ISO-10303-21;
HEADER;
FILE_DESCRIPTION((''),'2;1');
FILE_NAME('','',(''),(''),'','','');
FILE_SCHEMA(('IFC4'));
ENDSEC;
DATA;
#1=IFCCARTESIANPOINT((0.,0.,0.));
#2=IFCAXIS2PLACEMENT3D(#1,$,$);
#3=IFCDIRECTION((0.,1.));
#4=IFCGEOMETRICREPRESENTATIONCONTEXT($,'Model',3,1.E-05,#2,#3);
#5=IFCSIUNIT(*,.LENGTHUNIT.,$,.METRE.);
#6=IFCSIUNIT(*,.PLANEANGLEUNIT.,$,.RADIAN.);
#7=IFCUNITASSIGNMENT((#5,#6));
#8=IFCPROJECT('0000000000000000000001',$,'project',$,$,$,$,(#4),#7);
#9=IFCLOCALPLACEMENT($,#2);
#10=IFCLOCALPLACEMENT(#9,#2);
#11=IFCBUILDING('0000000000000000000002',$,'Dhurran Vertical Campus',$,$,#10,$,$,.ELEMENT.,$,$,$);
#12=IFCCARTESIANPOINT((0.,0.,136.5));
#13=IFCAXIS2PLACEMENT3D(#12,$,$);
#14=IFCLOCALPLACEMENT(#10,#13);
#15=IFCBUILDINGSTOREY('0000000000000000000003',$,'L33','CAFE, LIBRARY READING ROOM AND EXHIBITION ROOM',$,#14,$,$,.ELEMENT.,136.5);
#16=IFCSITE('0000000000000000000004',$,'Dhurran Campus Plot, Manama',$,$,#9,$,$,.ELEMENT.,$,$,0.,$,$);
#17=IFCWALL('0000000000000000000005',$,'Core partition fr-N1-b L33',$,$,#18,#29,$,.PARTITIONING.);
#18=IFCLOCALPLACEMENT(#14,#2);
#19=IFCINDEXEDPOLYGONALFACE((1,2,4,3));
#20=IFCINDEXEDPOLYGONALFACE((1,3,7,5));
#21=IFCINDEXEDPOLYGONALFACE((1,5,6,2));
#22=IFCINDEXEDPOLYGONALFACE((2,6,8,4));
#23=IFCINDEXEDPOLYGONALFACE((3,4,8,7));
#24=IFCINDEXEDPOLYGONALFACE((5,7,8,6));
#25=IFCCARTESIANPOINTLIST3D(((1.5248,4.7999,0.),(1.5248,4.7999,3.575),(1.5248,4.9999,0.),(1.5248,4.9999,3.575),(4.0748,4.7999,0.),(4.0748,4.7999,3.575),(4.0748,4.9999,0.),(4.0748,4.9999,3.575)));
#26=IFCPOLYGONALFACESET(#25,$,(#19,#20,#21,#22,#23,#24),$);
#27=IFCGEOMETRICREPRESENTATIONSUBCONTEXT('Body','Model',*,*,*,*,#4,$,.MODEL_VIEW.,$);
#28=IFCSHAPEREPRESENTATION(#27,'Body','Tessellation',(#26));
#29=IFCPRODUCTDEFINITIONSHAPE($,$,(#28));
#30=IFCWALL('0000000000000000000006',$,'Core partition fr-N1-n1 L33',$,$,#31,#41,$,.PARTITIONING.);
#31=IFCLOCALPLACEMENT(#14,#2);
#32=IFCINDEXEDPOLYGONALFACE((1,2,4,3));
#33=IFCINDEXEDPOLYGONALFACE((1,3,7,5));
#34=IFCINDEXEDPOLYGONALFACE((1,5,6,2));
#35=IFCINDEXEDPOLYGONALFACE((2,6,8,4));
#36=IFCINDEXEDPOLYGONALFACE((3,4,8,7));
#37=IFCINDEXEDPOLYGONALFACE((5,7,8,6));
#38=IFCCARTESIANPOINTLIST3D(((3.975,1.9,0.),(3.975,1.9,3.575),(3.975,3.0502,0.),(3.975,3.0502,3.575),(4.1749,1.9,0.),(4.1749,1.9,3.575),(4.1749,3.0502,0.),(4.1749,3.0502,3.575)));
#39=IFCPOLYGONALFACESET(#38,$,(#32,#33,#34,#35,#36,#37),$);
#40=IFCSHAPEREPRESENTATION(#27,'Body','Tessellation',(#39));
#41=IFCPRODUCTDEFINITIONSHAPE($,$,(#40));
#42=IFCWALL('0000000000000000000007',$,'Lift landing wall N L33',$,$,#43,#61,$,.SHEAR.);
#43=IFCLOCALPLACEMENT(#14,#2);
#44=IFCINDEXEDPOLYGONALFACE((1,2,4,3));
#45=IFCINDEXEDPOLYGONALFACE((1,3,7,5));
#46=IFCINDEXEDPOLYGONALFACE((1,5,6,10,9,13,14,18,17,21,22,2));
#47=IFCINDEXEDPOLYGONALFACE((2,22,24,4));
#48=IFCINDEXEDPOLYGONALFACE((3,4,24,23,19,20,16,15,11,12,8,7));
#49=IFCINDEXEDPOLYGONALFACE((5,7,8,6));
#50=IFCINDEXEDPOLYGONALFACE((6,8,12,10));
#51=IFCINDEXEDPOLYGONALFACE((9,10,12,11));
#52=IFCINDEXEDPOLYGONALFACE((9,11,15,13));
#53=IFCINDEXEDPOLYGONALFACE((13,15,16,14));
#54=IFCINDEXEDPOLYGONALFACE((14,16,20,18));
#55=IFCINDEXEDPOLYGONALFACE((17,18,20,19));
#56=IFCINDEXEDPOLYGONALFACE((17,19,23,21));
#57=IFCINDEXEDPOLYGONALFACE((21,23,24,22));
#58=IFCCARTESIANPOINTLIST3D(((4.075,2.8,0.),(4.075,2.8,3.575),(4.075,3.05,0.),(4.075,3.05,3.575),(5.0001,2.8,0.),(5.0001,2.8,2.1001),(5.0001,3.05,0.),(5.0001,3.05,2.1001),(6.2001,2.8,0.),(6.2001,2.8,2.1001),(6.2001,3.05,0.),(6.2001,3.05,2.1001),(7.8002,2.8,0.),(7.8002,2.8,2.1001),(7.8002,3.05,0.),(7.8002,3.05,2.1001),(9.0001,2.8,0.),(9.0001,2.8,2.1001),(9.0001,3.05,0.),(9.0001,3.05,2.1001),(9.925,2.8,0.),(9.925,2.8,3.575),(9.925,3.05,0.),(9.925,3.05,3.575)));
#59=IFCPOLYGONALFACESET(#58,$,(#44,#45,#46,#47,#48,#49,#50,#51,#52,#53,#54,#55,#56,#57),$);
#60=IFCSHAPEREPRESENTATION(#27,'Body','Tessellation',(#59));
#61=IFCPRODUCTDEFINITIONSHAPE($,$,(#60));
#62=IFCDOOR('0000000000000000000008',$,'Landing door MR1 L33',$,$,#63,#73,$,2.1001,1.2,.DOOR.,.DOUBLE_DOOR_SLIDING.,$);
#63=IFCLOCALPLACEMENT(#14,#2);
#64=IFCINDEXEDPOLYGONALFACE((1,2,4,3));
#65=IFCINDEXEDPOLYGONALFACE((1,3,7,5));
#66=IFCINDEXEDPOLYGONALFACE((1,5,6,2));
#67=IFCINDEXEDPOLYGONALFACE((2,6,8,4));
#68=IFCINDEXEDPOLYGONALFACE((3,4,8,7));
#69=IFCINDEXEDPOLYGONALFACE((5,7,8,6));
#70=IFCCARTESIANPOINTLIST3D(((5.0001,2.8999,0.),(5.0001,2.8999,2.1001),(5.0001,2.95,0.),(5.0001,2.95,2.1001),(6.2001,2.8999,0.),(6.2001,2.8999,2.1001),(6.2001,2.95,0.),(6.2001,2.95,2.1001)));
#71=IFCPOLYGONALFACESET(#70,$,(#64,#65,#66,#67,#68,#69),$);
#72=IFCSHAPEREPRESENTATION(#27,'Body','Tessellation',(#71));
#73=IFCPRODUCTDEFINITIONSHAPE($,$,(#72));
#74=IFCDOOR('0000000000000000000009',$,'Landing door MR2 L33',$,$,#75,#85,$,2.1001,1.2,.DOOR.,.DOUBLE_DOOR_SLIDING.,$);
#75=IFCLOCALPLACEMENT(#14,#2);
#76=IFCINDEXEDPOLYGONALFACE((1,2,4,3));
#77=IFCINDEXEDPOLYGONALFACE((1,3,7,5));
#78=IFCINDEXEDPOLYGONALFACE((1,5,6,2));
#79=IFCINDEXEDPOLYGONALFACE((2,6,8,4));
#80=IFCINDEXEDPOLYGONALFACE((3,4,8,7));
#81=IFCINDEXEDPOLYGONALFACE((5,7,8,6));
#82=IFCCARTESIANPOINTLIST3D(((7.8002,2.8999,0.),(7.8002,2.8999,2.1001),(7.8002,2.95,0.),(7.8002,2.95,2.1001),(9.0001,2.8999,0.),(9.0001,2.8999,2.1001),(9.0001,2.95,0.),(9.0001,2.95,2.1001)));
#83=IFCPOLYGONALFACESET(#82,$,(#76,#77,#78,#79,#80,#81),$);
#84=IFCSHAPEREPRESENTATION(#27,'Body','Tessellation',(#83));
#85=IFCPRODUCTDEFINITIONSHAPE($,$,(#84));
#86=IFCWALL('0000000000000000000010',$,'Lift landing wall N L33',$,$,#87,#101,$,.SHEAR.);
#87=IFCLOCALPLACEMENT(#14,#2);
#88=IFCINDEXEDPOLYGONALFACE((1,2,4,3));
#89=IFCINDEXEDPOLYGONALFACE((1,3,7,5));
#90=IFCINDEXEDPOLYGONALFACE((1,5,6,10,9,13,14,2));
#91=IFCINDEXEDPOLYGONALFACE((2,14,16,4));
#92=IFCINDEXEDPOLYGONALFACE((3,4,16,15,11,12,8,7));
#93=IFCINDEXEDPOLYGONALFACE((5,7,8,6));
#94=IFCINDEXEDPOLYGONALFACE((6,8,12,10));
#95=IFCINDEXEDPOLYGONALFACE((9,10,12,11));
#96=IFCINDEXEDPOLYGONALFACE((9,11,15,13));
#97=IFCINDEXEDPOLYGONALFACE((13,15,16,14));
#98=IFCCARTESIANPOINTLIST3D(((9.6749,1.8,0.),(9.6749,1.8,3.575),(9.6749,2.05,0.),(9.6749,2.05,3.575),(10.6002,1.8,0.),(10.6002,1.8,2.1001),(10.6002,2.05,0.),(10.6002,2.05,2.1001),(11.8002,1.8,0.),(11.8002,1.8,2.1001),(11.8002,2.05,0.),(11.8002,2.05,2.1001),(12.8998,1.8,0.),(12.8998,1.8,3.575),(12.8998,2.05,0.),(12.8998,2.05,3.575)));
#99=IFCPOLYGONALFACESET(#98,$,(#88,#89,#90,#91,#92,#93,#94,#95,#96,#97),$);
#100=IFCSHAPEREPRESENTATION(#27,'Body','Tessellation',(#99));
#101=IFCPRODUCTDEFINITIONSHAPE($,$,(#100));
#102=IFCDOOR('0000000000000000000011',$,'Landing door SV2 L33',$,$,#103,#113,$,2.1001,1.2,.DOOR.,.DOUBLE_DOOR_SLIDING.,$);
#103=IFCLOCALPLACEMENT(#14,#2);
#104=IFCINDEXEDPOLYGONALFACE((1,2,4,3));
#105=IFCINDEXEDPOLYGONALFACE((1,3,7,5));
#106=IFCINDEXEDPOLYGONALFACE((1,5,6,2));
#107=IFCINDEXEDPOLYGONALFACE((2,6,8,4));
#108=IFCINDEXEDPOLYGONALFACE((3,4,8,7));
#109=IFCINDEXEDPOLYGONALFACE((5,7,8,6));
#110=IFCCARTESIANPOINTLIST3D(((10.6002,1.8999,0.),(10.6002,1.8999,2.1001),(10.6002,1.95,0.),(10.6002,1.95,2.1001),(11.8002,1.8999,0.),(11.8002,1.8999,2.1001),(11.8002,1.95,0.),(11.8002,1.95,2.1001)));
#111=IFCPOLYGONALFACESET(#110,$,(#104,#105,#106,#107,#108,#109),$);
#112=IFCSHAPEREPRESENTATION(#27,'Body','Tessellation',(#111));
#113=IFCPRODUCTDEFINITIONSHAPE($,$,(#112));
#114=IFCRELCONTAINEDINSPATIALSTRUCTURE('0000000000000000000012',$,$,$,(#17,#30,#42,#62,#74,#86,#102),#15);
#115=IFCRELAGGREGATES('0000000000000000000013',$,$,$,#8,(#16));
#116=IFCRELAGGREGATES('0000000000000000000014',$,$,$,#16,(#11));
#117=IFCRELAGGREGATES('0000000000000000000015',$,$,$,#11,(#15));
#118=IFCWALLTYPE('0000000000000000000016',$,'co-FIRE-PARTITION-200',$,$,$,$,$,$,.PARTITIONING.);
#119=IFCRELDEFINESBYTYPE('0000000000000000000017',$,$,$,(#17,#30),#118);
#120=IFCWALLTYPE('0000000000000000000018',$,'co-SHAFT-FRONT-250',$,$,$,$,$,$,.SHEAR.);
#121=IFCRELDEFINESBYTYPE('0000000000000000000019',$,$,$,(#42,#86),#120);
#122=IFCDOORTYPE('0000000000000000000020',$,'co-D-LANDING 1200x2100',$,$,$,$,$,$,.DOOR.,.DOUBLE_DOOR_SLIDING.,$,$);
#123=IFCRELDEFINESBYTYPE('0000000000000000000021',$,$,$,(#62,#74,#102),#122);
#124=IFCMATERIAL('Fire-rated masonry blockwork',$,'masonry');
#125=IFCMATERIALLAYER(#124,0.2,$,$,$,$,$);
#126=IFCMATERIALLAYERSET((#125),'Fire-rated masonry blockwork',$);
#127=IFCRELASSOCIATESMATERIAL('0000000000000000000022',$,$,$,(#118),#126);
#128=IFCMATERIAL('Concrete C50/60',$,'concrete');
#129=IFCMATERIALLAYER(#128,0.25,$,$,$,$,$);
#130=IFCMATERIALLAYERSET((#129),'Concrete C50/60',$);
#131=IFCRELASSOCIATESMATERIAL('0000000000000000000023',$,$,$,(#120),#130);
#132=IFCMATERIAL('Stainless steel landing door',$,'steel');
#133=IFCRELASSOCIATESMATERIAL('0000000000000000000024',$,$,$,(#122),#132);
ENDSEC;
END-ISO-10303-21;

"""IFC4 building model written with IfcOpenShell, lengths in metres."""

from ifc_helpers import new_model, si_unit, direction, frame, frame_2d, origin, place, context, subcontext, project, spatial, rectangle, extrude, material, layer, layer_set, type_object, element, fill, save


model = new_model("IFC4")

# Units and contexts
model_context = context("Model", 3, precision=1e-05, world=origin(), true_north=direction((0.0, 1.0)))
body_context = subcontext(model_context, "Body", "Model", "MODEL_VIEW")
ifc_project = project(units=[si_unit("LENGTHUNIT", "METRE"), si_unit("PLANEANGLEUNIT", "RADIAN")], contexts=[model_context])

# Site, building, storey
site_placement = place(None, origin())
site = spatial("IfcSite", under=ifc_project, at=site_placement, Name="Dhurran Campus Plot, Manama", CompositionType="ELEMENT", RefElevation=0.0)
building_placement = place(site_placement, origin())
building = spatial("IfcBuilding", under=site, at=building_placement, Name="Dhurran Vertical Campus", CompositionType="ELEMENT")
storey_placement = place(building_placement, frame((0.0, 0.0, 136.5)))
storey = spatial("IfcBuildingStorey", under=building, at=storey_placement, Name="L33", Description="CAFE, LIBRARY READING ROOM AND EXHIBITION ROOM", CompositionType="ELEMENT", Elevation=136.5)

# Shared definitions
ifc_material_1 = material(Name="Fire-rated masonry blockwork", Category="masonry")
ifc_layer_1 = layer(ifc_material_1, 0.2)
ifc_layer_set_1 = layer_set([ifc_layer_1], Name="Fire-rated masonry blockwork")
wall_type_1 = type_object("IfcWallType", Name="co-FIRE-PARTITION-200", PredefinedType="PARTITIONING", material=ifc_layer_set_1)

# Walls
wall_1_placement = place(storey_placement, frame((1.5249, 4.8999, 0.0), z_axis=(0.0, 0.0, 1.0), x_axis=(1.0, 0.0, 0.0)))
element("IfcWall", 1, at=wall_1_placement, inside=storey, type_object=wall_type_1, Name="Core partition fr-N1-b L33", PredefinedType="PARTITIONING", context=body_context, shape_type="SweptSolid", body=[
    extrude(rectangle(XDim=2.55, YDim=0.2, at=frame_2d((1.2749, 0.0))), origin(), (0.0, 0.0, 1.0), 3.575),
])
wall_2_placement = place(storey_placement, frame((4.075, 1.8999, 0.0), z_axis=(0.0, 0.0, 1.0), x_axis=(0.0, 1.0, 0.0)))
element("IfcWall", 2, at=wall_2_placement, inside=storey, type_object=wall_type_1, Name="Core partition fr-N1-n1 L33", PredefinedType="PARTITIONING", context=body_context, shape_type="SweptSolid", body=[
    extrude(rectangle(XDim=1.1501, YDim=0.2, at=frame_2d((0.5752, 0.0))), origin(), (0.0, 0.0, 1.0), 3.575),
])

# Wall, openings, doors
ifc_material_2 = material(Name="Concrete C50/60", Category="concrete")
ifc_layer_2 = layer(ifc_material_2, 0.25)
ifc_layer_set_2 = layer_set([ifc_layer_2], Name="Concrete C50/60")
wall_type_2 = type_object("IfcWallType", Name="co-SHAFT-FRONT-250", PredefinedType="SHEAR", material=ifc_layer_set_2)
wall_3_placement = place(storey_placement, frame((4.075, 2.925, 0.0), z_axis=(0.0, 0.0, 1.0), x_axis=(1.0, 0.0, 0.0)))
wall_3 = element("IfcWall", 3, at=wall_3_placement, inside=storey, type_object=wall_type_2, Name="Lift landing wall N L33", PredefinedType="SHEAR", context=body_context, shape_type="SweptSolid", body=[
    extrude(rectangle(XDim=5.8501, YDim=0.25, at=frame_2d((2.925, 0.0))), origin(), (0.0, 0.0, 1.0), 3.575),
])
opening_1_placement = place(wall_3_placement, frame((0.925, 0.0, 0.0)))
opening_1 = element("IfcOpeningElement", 4, at=opening_1_placement, cuts=wall_3, PredefinedType="OPENING", context=body_context, shape_type="SweptSolid", body=[
    extrude(rectangle(XDim=1.2, YDim=2.1001, at=frame_2d((0.6001, 1.05))), frame((0.0, 0.135, 0.0), z_axis=(0.0, -1.0, 0.0), x_axis=(1.0, 0.0, 0.0)), (0.0, 0.0, 1.0), 0.27),
])
opening_2_placement = place(wall_3_placement, frame((3.7251, 0.0, 0.0)))
opening_2 = element("IfcOpeningElement", 5, at=opening_2_placement, cuts=wall_3, PredefinedType="OPENING", context=body_context, shape_type="SweptSolid", body=[
    extrude(rectangle(XDim=1.2, YDim=2.1001, at=frame_2d((0.6001, 1.05))), frame((0.0, 0.135, 0.0), z_axis=(0.0, -1.0, 0.0), x_axis=(1.0, 0.0, 0.0)), (0.0, 0.0, 1.0), 0.27),
])
ifc_material_3 = material(Name="Stainless steel landing door", Category="steel")
door_type_1 = type_object("IfcDoorType", Name="co-D-LANDING 1200x2100", OperationType="DOUBLE_DOOR_SLIDING", PredefinedType="DOOR", material=ifc_material_3)
door_1_placement = place(opening_1_placement, origin())
door_1 = element("IfcDoor", 6, at=door_1_placement, inside=storey, type_object=door_type_1, Name="Landing door MR1 L33", OperationType="DOUBLE_DOOR_SLIDING", OverallHeight=2.1001, OverallWidth=1.2, PredefinedType="DOOR", context=body_context, shape_type="SweptSolid", body=[
    extrude(rectangle(XDim=1.2, YDim=2.1001, at=frame_2d((0.6001, 1.05))), frame((0.0, 0.0249, 0.0), z_axis=(0.0, -1.0, 0.0), x_axis=(1.0, 0.0, 0.0)), (0.0, 0.0, 1.0), 0.05),
])
fill(opening_1, door_1)
door_2_placement = place(opening_2_placement, origin())
door_2 = element("IfcDoor", 7, at=door_2_placement, inside=storey, type_object=door_type_1, Name="Landing door MR2 L33", OperationType="DOUBLE_DOOR_SLIDING", OverallHeight=2.1001, OverallWidth=1.2, PredefinedType="DOOR", context=body_context, shape_type="SweptSolid", body=[
    extrude(rectangle(XDim=1.2, YDim=2.1001, at=frame_2d((0.6001, 1.05))), frame((0.0, 0.0249, 0.0), z_axis=(0.0, -1.0, 0.0), x_axis=(1.0, 0.0, 0.0)), (0.0, 0.0, 1.0), 0.05),
])
fill(opening_2, door_2)

# Wall, opening, door
wall_4_placement = place(storey_placement, frame((9.675, 1.925, 0.0), z_axis=(0.0, 0.0, 1.0), x_axis=(1.0, 0.0, 0.0)))
wall_4 = element("IfcWall", 8, at=wall_4_placement, inside=storey, type_object=wall_type_2, Name="Lift landing wall N L33", PredefinedType="SHEAR", context=body_context, shape_type="SweptSolid", body=[
    extrude(rectangle(XDim=3.2249, YDim=0.25, at=frame_2d((1.6123, 0.0))), origin(), (0.0, 0.0, 1.0), 3.575),
])
opening_3_placement = place(wall_4_placement, frame((0.925, 0.0, 0.0)))
opening_3 = element("IfcOpeningElement", 9, at=opening_3_placement, cuts=wall_4, PredefinedType="OPENING", context=body_context, shape_type="SweptSolid", body=[
    extrude(rectangle(XDim=1.2, YDim=2.1001, at=frame_2d((0.6001, 1.05))), frame((0.0, 0.135, 0.0), z_axis=(0.0, -1.0, 0.0), x_axis=(1.0, 0.0, 0.0)), (0.0, 0.0, 1.0), 0.27),
])
door_3_placement = place(opening_3_placement, origin())
door_3 = element("IfcDoor", 10, at=door_3_placement, inside=storey, type_object=door_type_1, Name="Landing door SV2 L33", OperationType="DOUBLE_DOOR_SLIDING", OverallHeight=2.1001, OverallWidth=1.2, PredefinedType="DOOR", context=body_context, shape_type="SweptSolid", body=[
    extrude(rectangle(XDim=1.2, YDim=2.1001, at=frame_2d((0.6001, 1.05))), frame((0.0, 0.0249, 0.0), z_axis=(0.0, -1.0, 0.0), x_axis=(1.0, 0.0, 0.0)), (0.0, 0.0, 1.0), 0.05),
])
fill(opening_3, door_3)

save(model, "model.ifc")
